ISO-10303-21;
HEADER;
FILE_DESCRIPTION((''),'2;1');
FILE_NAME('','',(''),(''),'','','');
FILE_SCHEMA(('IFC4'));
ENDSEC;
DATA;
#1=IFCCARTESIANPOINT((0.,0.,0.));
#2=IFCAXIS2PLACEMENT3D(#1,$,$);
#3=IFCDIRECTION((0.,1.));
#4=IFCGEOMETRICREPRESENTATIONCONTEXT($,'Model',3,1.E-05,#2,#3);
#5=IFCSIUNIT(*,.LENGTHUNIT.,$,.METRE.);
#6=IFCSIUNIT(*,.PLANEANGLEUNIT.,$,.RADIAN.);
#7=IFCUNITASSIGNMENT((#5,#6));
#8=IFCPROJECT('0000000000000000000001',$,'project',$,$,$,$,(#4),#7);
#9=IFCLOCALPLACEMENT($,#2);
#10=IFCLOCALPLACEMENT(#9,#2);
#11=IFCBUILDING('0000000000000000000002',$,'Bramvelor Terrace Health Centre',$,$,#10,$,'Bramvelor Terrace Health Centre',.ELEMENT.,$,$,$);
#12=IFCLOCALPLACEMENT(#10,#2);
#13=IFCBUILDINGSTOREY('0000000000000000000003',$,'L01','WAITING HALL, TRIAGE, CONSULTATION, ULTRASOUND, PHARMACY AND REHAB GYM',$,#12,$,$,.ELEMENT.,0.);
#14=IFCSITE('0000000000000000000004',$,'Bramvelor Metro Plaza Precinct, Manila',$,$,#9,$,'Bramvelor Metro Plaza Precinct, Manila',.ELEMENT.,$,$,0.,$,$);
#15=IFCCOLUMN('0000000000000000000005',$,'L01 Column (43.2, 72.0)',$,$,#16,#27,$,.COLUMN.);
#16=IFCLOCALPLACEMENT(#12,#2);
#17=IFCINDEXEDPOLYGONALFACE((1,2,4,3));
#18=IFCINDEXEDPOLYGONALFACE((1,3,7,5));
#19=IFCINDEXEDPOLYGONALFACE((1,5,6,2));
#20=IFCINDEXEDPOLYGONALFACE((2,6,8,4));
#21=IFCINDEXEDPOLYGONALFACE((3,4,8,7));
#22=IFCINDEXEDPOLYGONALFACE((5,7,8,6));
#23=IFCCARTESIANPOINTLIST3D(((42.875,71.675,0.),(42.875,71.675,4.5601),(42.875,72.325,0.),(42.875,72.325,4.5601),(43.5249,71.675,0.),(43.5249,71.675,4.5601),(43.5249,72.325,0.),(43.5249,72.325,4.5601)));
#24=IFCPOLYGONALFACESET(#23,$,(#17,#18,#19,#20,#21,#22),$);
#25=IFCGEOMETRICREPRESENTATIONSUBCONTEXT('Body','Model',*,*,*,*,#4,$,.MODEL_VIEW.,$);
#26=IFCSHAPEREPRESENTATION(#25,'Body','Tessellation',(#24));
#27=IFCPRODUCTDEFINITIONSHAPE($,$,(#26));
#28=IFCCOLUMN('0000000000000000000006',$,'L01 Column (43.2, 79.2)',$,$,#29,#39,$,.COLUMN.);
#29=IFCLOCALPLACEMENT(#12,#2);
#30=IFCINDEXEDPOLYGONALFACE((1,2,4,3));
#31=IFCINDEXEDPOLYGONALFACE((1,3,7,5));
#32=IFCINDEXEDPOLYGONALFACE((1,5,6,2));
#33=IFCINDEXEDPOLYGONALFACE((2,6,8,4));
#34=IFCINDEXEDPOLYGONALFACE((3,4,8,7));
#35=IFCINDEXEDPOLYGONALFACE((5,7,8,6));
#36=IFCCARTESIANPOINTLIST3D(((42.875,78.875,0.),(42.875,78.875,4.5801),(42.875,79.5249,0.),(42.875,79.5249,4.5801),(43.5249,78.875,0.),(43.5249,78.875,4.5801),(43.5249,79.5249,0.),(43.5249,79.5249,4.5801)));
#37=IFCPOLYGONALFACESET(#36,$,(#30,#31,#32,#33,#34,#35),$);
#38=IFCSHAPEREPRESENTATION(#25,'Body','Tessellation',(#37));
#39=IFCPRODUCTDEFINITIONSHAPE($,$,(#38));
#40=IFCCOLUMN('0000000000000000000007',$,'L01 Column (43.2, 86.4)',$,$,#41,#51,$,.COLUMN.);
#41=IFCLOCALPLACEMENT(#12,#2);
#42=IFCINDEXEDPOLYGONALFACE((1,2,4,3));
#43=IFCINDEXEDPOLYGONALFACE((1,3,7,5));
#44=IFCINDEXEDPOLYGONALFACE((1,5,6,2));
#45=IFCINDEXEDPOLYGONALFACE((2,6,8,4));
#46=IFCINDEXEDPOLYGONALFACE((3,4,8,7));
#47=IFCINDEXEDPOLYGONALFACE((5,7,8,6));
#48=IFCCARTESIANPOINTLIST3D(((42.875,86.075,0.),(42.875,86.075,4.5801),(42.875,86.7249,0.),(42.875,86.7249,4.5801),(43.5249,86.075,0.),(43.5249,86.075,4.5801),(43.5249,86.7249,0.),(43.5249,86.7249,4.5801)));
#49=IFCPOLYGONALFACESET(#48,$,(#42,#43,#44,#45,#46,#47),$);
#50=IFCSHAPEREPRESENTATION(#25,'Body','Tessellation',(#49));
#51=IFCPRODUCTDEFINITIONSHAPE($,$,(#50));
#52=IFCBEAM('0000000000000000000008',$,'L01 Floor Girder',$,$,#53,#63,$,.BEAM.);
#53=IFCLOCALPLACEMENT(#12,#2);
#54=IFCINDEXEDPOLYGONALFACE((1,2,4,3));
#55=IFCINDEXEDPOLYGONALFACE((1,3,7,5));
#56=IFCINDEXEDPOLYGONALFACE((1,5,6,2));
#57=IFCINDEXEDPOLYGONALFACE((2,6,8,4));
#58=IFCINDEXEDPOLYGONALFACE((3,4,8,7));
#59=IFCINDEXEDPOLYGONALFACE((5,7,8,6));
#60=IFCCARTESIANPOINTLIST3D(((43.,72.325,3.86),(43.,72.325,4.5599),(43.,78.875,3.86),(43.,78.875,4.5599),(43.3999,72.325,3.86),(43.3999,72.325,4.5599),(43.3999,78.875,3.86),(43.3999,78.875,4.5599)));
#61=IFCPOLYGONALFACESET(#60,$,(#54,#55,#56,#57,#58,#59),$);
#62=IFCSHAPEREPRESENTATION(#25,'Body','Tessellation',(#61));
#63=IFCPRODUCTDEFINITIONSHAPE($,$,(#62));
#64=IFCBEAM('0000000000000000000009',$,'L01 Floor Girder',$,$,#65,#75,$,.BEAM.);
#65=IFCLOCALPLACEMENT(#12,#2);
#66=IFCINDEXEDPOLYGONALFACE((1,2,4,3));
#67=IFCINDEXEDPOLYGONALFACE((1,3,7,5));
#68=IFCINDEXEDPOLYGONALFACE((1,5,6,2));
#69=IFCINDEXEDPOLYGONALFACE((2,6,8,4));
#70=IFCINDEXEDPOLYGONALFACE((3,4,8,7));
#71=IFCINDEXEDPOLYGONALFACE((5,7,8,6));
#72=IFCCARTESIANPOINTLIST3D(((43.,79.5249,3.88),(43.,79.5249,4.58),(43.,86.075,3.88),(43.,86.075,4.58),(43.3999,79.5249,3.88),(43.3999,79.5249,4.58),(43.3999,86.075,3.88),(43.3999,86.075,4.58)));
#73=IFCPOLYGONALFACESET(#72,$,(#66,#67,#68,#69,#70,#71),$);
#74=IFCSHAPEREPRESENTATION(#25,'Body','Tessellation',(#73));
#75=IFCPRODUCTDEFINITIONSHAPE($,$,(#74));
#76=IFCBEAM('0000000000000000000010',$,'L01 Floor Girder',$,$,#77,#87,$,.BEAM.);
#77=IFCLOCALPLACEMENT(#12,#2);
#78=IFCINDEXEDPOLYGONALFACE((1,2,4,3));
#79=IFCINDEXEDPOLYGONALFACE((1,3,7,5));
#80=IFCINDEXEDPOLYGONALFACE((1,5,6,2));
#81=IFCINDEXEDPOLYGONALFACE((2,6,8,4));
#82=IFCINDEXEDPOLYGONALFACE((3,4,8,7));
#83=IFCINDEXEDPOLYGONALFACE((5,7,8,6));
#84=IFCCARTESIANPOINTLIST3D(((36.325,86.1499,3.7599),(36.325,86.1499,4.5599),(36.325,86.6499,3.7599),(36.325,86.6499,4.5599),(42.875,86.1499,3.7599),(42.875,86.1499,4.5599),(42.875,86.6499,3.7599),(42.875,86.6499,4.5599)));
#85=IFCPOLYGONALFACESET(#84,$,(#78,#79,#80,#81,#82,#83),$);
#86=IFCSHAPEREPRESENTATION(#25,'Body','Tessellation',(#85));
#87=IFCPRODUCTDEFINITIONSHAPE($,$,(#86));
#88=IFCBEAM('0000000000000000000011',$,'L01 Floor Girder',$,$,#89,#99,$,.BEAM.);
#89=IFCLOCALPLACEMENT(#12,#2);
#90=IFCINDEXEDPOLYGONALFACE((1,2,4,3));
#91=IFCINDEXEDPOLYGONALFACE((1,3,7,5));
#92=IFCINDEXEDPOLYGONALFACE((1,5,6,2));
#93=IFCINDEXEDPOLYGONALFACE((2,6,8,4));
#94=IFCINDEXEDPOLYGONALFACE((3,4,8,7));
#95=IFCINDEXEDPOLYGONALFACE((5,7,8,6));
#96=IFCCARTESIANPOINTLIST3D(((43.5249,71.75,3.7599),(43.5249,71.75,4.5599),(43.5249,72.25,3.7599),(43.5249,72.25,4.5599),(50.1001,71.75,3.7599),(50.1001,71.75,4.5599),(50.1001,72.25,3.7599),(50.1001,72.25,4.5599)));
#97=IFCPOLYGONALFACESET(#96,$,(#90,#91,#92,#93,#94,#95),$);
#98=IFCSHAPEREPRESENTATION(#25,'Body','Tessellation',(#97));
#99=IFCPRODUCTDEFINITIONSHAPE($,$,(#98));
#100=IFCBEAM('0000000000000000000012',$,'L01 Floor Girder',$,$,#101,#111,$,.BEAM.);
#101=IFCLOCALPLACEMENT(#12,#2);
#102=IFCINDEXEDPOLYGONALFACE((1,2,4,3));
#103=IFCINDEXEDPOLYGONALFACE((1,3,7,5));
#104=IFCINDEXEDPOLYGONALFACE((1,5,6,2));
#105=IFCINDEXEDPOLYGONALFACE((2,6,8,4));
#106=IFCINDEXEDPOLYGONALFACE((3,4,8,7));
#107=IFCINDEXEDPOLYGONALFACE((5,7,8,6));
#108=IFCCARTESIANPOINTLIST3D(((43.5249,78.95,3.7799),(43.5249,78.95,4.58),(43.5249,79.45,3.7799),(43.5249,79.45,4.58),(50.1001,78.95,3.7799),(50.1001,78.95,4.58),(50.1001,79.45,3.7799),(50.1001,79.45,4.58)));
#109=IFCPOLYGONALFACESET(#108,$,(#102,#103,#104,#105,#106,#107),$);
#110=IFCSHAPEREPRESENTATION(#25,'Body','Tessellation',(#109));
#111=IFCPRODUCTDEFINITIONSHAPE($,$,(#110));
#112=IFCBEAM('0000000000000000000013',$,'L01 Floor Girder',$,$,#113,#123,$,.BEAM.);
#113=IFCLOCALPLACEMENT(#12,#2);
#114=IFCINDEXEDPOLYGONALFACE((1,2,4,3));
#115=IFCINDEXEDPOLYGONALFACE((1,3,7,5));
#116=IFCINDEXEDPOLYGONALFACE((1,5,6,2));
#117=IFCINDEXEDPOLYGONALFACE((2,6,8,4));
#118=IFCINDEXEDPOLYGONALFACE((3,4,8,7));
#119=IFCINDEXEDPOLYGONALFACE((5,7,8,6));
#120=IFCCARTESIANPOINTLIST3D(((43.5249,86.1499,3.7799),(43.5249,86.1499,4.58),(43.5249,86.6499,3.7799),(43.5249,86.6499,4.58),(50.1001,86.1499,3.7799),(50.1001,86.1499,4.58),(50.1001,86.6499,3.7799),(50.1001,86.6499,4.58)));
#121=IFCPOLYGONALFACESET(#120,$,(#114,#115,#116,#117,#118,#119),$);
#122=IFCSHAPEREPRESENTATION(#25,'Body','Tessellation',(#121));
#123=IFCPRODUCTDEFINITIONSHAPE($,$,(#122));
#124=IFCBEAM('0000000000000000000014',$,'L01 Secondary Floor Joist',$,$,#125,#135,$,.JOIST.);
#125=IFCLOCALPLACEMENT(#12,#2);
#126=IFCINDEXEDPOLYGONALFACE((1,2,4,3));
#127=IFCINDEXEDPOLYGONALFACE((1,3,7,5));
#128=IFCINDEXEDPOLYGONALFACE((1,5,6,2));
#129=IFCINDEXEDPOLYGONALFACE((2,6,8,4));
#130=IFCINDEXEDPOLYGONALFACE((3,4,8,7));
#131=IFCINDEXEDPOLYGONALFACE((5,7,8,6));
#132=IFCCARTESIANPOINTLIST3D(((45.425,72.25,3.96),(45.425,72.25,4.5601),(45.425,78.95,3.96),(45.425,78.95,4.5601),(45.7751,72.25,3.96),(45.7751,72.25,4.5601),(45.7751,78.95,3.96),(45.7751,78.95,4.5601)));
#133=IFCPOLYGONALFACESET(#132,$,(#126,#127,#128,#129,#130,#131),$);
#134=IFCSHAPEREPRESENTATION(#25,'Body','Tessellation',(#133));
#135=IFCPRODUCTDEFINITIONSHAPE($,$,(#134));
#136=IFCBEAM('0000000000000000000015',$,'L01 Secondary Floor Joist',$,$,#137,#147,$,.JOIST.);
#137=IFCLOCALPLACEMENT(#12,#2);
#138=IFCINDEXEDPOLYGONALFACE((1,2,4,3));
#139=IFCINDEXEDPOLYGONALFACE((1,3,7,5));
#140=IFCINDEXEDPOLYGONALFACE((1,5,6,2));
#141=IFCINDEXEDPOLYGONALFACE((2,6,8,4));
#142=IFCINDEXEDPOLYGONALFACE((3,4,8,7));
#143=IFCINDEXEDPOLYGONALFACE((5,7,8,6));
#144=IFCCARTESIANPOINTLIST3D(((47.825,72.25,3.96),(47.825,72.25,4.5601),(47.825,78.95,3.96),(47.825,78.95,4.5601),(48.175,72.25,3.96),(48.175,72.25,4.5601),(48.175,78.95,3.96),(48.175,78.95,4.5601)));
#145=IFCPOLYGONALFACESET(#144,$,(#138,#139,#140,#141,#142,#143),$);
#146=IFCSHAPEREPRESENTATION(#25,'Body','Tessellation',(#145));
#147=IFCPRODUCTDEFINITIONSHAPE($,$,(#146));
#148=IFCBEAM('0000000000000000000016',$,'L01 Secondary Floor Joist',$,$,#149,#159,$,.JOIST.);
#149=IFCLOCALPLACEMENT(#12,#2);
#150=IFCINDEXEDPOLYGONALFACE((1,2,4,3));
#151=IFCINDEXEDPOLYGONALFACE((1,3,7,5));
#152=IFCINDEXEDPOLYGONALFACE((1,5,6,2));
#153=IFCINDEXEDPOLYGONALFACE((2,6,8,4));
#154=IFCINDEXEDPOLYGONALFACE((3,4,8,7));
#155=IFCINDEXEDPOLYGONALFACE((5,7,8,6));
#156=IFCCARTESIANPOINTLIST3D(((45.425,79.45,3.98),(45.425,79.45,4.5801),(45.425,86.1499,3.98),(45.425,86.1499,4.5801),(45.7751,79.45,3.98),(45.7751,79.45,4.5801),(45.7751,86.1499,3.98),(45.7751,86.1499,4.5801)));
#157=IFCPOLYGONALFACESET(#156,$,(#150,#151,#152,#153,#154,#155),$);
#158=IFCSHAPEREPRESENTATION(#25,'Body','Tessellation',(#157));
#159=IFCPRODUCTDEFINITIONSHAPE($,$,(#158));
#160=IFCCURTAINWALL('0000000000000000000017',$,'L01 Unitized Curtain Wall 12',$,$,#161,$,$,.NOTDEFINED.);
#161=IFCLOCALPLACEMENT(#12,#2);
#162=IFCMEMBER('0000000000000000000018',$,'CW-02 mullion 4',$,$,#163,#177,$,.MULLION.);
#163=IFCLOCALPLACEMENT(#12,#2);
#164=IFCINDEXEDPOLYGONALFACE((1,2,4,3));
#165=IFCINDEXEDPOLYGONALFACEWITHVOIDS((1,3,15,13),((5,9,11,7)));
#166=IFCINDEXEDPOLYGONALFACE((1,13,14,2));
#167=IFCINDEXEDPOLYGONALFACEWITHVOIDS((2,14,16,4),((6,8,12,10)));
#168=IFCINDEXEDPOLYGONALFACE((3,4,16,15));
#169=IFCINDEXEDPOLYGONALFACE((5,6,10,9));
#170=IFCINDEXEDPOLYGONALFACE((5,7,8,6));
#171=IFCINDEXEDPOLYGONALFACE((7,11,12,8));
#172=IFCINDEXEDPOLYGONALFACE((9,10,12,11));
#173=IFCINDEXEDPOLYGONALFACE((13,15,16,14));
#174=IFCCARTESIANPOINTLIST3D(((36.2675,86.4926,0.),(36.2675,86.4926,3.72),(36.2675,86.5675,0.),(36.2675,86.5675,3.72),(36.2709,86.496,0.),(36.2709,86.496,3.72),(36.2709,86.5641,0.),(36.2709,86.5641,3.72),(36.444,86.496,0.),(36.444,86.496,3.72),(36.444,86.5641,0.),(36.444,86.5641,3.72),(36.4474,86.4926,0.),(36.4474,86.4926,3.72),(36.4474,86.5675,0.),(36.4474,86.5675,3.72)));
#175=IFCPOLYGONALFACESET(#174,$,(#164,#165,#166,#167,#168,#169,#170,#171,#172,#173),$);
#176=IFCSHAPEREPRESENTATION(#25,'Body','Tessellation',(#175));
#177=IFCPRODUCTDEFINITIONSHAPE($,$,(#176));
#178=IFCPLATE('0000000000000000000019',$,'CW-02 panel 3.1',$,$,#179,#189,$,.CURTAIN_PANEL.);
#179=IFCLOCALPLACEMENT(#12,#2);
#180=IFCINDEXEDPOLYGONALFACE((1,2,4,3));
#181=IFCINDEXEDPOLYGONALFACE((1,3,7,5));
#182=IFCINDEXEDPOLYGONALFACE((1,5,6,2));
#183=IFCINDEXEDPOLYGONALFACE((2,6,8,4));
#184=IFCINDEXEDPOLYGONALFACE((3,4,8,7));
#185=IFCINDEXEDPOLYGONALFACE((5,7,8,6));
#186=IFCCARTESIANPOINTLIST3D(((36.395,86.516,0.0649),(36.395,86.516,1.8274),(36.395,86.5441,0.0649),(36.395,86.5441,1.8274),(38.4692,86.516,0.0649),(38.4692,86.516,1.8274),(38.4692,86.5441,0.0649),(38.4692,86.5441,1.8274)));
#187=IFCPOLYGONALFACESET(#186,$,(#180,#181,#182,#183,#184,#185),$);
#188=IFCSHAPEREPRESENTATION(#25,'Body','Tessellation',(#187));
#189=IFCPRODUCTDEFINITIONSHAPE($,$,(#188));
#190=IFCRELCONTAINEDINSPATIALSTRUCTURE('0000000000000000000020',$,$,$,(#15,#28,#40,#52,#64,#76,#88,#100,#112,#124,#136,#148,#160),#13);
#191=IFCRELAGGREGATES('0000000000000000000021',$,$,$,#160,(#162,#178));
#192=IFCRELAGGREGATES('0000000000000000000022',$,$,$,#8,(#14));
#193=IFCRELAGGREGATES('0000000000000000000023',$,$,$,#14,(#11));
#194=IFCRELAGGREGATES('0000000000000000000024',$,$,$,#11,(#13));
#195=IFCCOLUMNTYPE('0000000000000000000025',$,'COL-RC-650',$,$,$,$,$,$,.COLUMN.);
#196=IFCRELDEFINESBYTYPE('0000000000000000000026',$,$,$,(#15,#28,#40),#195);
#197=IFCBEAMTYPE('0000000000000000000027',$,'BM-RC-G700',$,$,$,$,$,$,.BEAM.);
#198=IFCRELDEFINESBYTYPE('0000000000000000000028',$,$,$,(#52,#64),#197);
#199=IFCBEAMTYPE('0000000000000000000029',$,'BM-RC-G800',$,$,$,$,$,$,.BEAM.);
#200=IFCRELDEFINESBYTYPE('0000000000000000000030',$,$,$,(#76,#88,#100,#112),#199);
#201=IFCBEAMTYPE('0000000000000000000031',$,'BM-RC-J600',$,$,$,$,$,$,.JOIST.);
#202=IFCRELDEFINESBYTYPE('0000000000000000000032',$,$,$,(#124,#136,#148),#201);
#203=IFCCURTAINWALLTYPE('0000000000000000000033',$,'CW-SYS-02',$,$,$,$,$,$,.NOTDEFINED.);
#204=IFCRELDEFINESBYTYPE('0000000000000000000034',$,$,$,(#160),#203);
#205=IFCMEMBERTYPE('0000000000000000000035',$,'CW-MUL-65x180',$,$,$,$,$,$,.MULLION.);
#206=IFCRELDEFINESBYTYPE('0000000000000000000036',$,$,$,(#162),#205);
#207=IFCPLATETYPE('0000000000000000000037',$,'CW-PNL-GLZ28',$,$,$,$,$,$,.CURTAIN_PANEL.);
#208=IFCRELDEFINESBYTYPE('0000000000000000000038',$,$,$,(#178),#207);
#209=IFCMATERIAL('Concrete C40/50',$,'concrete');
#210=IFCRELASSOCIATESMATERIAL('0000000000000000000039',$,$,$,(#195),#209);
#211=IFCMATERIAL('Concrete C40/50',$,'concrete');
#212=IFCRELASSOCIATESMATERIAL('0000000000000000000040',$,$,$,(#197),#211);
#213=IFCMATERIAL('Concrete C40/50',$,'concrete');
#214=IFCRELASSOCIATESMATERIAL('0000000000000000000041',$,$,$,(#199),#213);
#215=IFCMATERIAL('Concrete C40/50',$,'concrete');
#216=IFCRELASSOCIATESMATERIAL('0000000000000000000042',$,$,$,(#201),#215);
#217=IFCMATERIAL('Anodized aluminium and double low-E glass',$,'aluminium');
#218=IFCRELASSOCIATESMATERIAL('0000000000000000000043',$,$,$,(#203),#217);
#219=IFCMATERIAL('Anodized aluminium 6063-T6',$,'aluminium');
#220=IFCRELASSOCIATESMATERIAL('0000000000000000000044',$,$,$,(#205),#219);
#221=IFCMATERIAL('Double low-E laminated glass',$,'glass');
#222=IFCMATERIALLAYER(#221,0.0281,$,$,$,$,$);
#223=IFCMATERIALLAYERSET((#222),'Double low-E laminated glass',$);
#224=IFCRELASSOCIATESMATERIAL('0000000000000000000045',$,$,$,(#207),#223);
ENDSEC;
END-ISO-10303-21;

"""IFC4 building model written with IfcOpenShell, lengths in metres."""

from ifc_helpers import new_model, si_unit, direction, frame, origin, origin_2d, place, context, subcontext, project, spatial, rectangle, hollow_rectangle, extrude, material, layer, layer_set, material_profile, profile_set, type_object, element, aggregate, save


model = new_model("IFC4")

# Units and contexts
model_context = context("Model", 3, precision=1e-05, world=origin(), true_north=direction((0.0, 1.0)))
body_context = subcontext(model_context, "Body", "Model", "MODEL_VIEW")
ifc_project = project(units=[si_unit("LENGTHUNIT", "METRE"), si_unit("PLANEANGLEUNIT", "RADIAN")], contexts=[model_context])

# Site, building, storey
site_placement = place(None, origin())
site = spatial("IfcSite", under=ifc_project, at=site_placement, Name="Bramvelor Metro Plaza Precinct, Manila", LongName="Bramvelor Metro Plaza Precinct, Manila", CompositionType="ELEMENT", RefElevation=0.0)
building_placement = place(site_placement, origin())
building = spatial("IfcBuilding", under=site, at=building_placement, Name="Bramvelor Terrace Health Centre", LongName="Bramvelor Terrace Health Centre", CompositionType="ELEMENT")
storey_placement = place(building_placement, origin())
storey = spatial("IfcBuildingStorey", under=building, at=storey_placement, Name="L01", Description="WAITING HALL, TRIAGE, CONSULTATION, ULTRASOUND, PHARMACY AND REHAB GYM", CompositionType="ELEMENT", Elevation=0.0)

# Columns
ifc_material_1 = material(Name="Concrete C40/50", Category="concrete")
ifc_material_profile_1 = material_profile(ifc_material_1, rectangle(XDim=0.6499, YDim=0.6499, at=origin_2d()), Name="RC 650x650")
ifc_profile_set_1 = profile_set([ifc_material_profile_1], Name="Concrete C40/50")
column_type = type_object("IfcColumnType", Name="COL-RC-650", PredefinedType="COLUMN", material=ifc_profile_set_1)
column_placement = place(storey_placement, frame((43.2, 72.0, 0.0), z_axis=(0.0, 0.0, 1.0), x_axis=(1.0, 0.0, 0.0)))
element("IfcColumn", 1, at=column_placement, inside=storey, type_object=column_type, Name="L01 Column (43.2, 72.0)", PredefinedType="COLUMN", context=body_context, shape_type="SweptSolid", body=[
    extrude(rectangle(XDim=0.6499, YDim=0.6499, at=origin_2d()), origin(), (0.0, 0.0, 1.0), 4.5601),
])
for number, where, z_axis, x_axis, name in (
    (2, (43.2, 79.2, 0.0), (0.0, 0.0, 1.0), (1.0, 0.0, 0.0), "L01 Column (43.2, 79.2)"),
    (3, (43.2, 86.3999, 0.0), (0.0, 0.0, 1.0), (1.0, 0.0, 0.0), "L01 Column (43.2, 86.4)"),
):
    element("IfcColumn", number, at=place(storey_placement, frame(where, z_axis=z_axis, x_axis=x_axis)), inside=storey, type_object=column_type, Name=name, PredefinedType="COLUMN", context=body_context, shape_type="SweptSolid", body=[
        extrude(rectangle(XDim=0.6499, YDim=0.6499, at=origin_2d()), origin(), (0.0, 0.0, 1.0), 4.5801),
    ])

# Beams
ifc_material_2 = material(Name="Concrete C40/50", Category="concrete")
ifc_material_profile_2 = material_profile(ifc_material_2, rectangle(XDim=0.3999, YDim=0.7, at=origin_2d()), Name="RC 400x700")
ifc_profile_set_2 = profile_set([ifc_material_profile_2], Name="Concrete C40/50")
beam_type_1 = type_object("IfcBeamType", Name="BM-RC-G700", PredefinedType="BEAM", material=ifc_profile_set_2)
for number, where, z_axis, x_axis, name in (
    (4, (43.2, 72.325, 4.21), (0.0, 1.0, 0.0), (-1.0, 0.0, 0.0), "L01 Floor Girder"),
    (5, (43.2, 79.5249, 4.23), (0.0, 1.0, 0.0), (-1.0, 0.0, 0.0), "L01 Floor Girder"),
):
    element("IfcBeam", number, at=place(storey_placement, frame(where, z_axis=z_axis, x_axis=x_axis)), inside=storey, type_object=beam_type_1, Name=name, PredefinedType="BEAM", context=body_context, shape_type="SweptSolid", body=[
        extrude(rectangle(XDim=0.3999, YDim=0.7, at=origin_2d()), origin(), (0.0, 0.0, 1.0), 6.55),
    ])
ifc_material_3 = material(Name="Concrete C40/50", Category="concrete")
ifc_material_profile_3 = material_profile(ifc_material_3, rectangle(XDim=0.5, YDim=0.8, at=origin_2d()), Name="RC 500x800")
ifc_profile_set_3 = profile_set([ifc_material_profile_3], Name="Concrete C40/50")
beam_type_2 = type_object("IfcBeamType", Name="BM-RC-G800", PredefinedType="BEAM", material=ifc_profile_set_3)
beam_placement = place(storey_placement, frame((36.325, 86.3999, 4.1599), z_axis=(1.0, 0.0, 0.0), x_axis=(0.0, 1.0, 0.0)))
element("IfcBeam", 6, at=beam_placement, inside=storey, type_object=beam_type_2, Name="L01 Floor Girder", PredefinedType="BEAM", context=body_context, shape_type="SweptSolid", body=[
    extrude(rectangle(XDim=0.5, YDim=0.8, at=origin_2d()), origin(), (0.0, 0.0, 1.0), 6.55),
])
for number, where, z_axis, x_axis, name in (
    (7, (43.5249, 72.0, 4.1599), (1.0, 0.0, 0.0), (0.0, 1.0, 0.0), "L01 Floor Girder"),
    (8, (43.5249, 79.2, 4.1799), (1.0, 0.0, 0.0), (0.0, 1.0, 0.0), "L01 Floor Girder"),
    (9, (43.5249, 86.3999, 4.1799), (1.0, 0.0, 0.0), (0.0, 1.0, 0.0), "L01 Floor Girder"),
):
    element("IfcBeam", number, at=place(storey_placement, frame(where, z_axis=z_axis, x_axis=x_axis)), inside=storey, type_object=beam_type_2, Name=name, PredefinedType="BEAM", context=body_context, shape_type="SweptSolid", body=[
        extrude(rectangle(XDim=0.5, YDim=0.8, at=origin_2d()), origin(), (0.0, 0.0, 1.0), 6.5752),
    ])
ifc_material_4 = material(Name="Concrete C40/50", Category="concrete")
ifc_material_profile_4 = material_profile(ifc_material_4, rectangle(XDim=0.3501, YDim=0.6001, at=origin_2d()), Name="RC 350x600")
ifc_profile_set_4 = profile_set([ifc_material_profile_4], Name="Concrete C40/50")
beam_type_3 = type_object("IfcBeamType", Name="BM-RC-J600", PredefinedType="JOIST", material=ifc_profile_set_4)
for number, where, z_axis, x_axis, name in (
    (10, (45.6001, 72.25, 4.26), (0.0, 1.0, 0.0), (-1.0, 0.0, 0.0), "L01 Secondary Floor Joist"),
    (11, (48.0, 72.25, 4.26), (0.0, 1.0, 0.0), (-1.0, 0.0, 0.0), "L01 Secondary Floor Joist"),
    (12, (45.6001, 79.45, 4.28), (0.0, 1.0, 0.0), (-1.0, 0.0, 0.0), "L01 Secondary Floor Joist"),
):
    element("IfcBeam", number, at=place(storey_placement, frame(where, z_axis=z_axis, x_axis=x_axis)), inside=storey, type_object=beam_type_3, Name=name, PredefinedType="JOIST", context=body_context, shape_type="SweptSolid", body=[
        extrude(rectangle(XDim=0.3501, YDim=0.6001, at=origin_2d()), origin(), (0.0, 0.0, 1.0), 6.7),
    ])

# Curtain wall, member, plate
ifc_material_5 = material(Name="Anodized aluminium and double low-E glass", Category="aluminium")
curtain_wall_type = type_object("IfcCurtainWallType", Name="CW-SYS-02", PredefinedType="NOTDEFINED", material=ifc_material_5)
curtain_wall_placement = place(storey_placement, origin())
curtain_wall = element("IfcCurtainWall", 13, at=curtain_wall_placement, inside=storey, type_object=curtain_wall_type, Name="L01 Unitized Curtain Wall 12", PredefinedType="NOTDEFINED")
ifc_material_6 = material(Name="Anodized aluminium 6063-T6", Category="aluminium")
ifc_material_profile_5 = material_profile(ifc_material_6, hollow_rectangle(XDim=0.075, YDim=0.1799, WallThickness=0.0034, at=origin_2d()), Name="ALU-MUL 75x180x3.5")
ifc_profile_set_5 = profile_set([ifc_material_profile_5], Name="Anodized aluminium 6063-T6")
member_type = type_object("IfcMemberType", Name="CW-MUL-65x180", PredefinedType="MULLION", material=ifc_profile_set_5)
member_placement = place(storey_placement, frame((36.3574, 86.53, 0.0), z_axis=(0.0, 0.0, 1.0), x_axis=(0.0, -1.0, 0.0)))
member = element("IfcMember", 14, at=member_placement, type_object=member_type, Name="CW-02 mullion 4", PredefinedType="MULLION", context=body_context, shape_type="SweptSolid", body=[
    extrude(hollow_rectangle(XDim=0.075, YDim=0.1799, WallThickness=0.0034, at=origin_2d()), origin(), (0.0, 0.0, 1.0), 3.72),
])
ifc_material_7 = material(Name="Double low-E laminated glass", Category="glass")
ifc_layer_1 = layer(ifc_material_7, 0.0281)
ifc_layer_set_1 = layer_set([ifc_layer_1], Name="Double low-E laminated glass")
plate_type = type_object("IfcPlateType", Name="CW-PNL-GLZ28", PredefinedType="CURTAIN_PANEL", material=ifc_layer_set_1)
plate_placement = place(storey_placement, frame((37.4321, 86.53, 0.0649), z_axis=(0.0, 0.0, 1.0), x_axis=(-1.0, 0.0, 0.0)))
plate = element("IfcPlate", 15, at=plate_placement, type_object=plate_type, Name="CW-02 panel 3.1", PredefinedType="CURTAIN_PANEL", context=body_context, shape_type="SweptSolid", body=[
    extrude(rectangle(XDim=2.0742, YDim=0.0281, at=origin_2d()), origin(), (0.0, 0.0, 1.0), 1.7625),
])
aggregate(curtain_wall, [member, plate])

save(model, "model.ifc")
